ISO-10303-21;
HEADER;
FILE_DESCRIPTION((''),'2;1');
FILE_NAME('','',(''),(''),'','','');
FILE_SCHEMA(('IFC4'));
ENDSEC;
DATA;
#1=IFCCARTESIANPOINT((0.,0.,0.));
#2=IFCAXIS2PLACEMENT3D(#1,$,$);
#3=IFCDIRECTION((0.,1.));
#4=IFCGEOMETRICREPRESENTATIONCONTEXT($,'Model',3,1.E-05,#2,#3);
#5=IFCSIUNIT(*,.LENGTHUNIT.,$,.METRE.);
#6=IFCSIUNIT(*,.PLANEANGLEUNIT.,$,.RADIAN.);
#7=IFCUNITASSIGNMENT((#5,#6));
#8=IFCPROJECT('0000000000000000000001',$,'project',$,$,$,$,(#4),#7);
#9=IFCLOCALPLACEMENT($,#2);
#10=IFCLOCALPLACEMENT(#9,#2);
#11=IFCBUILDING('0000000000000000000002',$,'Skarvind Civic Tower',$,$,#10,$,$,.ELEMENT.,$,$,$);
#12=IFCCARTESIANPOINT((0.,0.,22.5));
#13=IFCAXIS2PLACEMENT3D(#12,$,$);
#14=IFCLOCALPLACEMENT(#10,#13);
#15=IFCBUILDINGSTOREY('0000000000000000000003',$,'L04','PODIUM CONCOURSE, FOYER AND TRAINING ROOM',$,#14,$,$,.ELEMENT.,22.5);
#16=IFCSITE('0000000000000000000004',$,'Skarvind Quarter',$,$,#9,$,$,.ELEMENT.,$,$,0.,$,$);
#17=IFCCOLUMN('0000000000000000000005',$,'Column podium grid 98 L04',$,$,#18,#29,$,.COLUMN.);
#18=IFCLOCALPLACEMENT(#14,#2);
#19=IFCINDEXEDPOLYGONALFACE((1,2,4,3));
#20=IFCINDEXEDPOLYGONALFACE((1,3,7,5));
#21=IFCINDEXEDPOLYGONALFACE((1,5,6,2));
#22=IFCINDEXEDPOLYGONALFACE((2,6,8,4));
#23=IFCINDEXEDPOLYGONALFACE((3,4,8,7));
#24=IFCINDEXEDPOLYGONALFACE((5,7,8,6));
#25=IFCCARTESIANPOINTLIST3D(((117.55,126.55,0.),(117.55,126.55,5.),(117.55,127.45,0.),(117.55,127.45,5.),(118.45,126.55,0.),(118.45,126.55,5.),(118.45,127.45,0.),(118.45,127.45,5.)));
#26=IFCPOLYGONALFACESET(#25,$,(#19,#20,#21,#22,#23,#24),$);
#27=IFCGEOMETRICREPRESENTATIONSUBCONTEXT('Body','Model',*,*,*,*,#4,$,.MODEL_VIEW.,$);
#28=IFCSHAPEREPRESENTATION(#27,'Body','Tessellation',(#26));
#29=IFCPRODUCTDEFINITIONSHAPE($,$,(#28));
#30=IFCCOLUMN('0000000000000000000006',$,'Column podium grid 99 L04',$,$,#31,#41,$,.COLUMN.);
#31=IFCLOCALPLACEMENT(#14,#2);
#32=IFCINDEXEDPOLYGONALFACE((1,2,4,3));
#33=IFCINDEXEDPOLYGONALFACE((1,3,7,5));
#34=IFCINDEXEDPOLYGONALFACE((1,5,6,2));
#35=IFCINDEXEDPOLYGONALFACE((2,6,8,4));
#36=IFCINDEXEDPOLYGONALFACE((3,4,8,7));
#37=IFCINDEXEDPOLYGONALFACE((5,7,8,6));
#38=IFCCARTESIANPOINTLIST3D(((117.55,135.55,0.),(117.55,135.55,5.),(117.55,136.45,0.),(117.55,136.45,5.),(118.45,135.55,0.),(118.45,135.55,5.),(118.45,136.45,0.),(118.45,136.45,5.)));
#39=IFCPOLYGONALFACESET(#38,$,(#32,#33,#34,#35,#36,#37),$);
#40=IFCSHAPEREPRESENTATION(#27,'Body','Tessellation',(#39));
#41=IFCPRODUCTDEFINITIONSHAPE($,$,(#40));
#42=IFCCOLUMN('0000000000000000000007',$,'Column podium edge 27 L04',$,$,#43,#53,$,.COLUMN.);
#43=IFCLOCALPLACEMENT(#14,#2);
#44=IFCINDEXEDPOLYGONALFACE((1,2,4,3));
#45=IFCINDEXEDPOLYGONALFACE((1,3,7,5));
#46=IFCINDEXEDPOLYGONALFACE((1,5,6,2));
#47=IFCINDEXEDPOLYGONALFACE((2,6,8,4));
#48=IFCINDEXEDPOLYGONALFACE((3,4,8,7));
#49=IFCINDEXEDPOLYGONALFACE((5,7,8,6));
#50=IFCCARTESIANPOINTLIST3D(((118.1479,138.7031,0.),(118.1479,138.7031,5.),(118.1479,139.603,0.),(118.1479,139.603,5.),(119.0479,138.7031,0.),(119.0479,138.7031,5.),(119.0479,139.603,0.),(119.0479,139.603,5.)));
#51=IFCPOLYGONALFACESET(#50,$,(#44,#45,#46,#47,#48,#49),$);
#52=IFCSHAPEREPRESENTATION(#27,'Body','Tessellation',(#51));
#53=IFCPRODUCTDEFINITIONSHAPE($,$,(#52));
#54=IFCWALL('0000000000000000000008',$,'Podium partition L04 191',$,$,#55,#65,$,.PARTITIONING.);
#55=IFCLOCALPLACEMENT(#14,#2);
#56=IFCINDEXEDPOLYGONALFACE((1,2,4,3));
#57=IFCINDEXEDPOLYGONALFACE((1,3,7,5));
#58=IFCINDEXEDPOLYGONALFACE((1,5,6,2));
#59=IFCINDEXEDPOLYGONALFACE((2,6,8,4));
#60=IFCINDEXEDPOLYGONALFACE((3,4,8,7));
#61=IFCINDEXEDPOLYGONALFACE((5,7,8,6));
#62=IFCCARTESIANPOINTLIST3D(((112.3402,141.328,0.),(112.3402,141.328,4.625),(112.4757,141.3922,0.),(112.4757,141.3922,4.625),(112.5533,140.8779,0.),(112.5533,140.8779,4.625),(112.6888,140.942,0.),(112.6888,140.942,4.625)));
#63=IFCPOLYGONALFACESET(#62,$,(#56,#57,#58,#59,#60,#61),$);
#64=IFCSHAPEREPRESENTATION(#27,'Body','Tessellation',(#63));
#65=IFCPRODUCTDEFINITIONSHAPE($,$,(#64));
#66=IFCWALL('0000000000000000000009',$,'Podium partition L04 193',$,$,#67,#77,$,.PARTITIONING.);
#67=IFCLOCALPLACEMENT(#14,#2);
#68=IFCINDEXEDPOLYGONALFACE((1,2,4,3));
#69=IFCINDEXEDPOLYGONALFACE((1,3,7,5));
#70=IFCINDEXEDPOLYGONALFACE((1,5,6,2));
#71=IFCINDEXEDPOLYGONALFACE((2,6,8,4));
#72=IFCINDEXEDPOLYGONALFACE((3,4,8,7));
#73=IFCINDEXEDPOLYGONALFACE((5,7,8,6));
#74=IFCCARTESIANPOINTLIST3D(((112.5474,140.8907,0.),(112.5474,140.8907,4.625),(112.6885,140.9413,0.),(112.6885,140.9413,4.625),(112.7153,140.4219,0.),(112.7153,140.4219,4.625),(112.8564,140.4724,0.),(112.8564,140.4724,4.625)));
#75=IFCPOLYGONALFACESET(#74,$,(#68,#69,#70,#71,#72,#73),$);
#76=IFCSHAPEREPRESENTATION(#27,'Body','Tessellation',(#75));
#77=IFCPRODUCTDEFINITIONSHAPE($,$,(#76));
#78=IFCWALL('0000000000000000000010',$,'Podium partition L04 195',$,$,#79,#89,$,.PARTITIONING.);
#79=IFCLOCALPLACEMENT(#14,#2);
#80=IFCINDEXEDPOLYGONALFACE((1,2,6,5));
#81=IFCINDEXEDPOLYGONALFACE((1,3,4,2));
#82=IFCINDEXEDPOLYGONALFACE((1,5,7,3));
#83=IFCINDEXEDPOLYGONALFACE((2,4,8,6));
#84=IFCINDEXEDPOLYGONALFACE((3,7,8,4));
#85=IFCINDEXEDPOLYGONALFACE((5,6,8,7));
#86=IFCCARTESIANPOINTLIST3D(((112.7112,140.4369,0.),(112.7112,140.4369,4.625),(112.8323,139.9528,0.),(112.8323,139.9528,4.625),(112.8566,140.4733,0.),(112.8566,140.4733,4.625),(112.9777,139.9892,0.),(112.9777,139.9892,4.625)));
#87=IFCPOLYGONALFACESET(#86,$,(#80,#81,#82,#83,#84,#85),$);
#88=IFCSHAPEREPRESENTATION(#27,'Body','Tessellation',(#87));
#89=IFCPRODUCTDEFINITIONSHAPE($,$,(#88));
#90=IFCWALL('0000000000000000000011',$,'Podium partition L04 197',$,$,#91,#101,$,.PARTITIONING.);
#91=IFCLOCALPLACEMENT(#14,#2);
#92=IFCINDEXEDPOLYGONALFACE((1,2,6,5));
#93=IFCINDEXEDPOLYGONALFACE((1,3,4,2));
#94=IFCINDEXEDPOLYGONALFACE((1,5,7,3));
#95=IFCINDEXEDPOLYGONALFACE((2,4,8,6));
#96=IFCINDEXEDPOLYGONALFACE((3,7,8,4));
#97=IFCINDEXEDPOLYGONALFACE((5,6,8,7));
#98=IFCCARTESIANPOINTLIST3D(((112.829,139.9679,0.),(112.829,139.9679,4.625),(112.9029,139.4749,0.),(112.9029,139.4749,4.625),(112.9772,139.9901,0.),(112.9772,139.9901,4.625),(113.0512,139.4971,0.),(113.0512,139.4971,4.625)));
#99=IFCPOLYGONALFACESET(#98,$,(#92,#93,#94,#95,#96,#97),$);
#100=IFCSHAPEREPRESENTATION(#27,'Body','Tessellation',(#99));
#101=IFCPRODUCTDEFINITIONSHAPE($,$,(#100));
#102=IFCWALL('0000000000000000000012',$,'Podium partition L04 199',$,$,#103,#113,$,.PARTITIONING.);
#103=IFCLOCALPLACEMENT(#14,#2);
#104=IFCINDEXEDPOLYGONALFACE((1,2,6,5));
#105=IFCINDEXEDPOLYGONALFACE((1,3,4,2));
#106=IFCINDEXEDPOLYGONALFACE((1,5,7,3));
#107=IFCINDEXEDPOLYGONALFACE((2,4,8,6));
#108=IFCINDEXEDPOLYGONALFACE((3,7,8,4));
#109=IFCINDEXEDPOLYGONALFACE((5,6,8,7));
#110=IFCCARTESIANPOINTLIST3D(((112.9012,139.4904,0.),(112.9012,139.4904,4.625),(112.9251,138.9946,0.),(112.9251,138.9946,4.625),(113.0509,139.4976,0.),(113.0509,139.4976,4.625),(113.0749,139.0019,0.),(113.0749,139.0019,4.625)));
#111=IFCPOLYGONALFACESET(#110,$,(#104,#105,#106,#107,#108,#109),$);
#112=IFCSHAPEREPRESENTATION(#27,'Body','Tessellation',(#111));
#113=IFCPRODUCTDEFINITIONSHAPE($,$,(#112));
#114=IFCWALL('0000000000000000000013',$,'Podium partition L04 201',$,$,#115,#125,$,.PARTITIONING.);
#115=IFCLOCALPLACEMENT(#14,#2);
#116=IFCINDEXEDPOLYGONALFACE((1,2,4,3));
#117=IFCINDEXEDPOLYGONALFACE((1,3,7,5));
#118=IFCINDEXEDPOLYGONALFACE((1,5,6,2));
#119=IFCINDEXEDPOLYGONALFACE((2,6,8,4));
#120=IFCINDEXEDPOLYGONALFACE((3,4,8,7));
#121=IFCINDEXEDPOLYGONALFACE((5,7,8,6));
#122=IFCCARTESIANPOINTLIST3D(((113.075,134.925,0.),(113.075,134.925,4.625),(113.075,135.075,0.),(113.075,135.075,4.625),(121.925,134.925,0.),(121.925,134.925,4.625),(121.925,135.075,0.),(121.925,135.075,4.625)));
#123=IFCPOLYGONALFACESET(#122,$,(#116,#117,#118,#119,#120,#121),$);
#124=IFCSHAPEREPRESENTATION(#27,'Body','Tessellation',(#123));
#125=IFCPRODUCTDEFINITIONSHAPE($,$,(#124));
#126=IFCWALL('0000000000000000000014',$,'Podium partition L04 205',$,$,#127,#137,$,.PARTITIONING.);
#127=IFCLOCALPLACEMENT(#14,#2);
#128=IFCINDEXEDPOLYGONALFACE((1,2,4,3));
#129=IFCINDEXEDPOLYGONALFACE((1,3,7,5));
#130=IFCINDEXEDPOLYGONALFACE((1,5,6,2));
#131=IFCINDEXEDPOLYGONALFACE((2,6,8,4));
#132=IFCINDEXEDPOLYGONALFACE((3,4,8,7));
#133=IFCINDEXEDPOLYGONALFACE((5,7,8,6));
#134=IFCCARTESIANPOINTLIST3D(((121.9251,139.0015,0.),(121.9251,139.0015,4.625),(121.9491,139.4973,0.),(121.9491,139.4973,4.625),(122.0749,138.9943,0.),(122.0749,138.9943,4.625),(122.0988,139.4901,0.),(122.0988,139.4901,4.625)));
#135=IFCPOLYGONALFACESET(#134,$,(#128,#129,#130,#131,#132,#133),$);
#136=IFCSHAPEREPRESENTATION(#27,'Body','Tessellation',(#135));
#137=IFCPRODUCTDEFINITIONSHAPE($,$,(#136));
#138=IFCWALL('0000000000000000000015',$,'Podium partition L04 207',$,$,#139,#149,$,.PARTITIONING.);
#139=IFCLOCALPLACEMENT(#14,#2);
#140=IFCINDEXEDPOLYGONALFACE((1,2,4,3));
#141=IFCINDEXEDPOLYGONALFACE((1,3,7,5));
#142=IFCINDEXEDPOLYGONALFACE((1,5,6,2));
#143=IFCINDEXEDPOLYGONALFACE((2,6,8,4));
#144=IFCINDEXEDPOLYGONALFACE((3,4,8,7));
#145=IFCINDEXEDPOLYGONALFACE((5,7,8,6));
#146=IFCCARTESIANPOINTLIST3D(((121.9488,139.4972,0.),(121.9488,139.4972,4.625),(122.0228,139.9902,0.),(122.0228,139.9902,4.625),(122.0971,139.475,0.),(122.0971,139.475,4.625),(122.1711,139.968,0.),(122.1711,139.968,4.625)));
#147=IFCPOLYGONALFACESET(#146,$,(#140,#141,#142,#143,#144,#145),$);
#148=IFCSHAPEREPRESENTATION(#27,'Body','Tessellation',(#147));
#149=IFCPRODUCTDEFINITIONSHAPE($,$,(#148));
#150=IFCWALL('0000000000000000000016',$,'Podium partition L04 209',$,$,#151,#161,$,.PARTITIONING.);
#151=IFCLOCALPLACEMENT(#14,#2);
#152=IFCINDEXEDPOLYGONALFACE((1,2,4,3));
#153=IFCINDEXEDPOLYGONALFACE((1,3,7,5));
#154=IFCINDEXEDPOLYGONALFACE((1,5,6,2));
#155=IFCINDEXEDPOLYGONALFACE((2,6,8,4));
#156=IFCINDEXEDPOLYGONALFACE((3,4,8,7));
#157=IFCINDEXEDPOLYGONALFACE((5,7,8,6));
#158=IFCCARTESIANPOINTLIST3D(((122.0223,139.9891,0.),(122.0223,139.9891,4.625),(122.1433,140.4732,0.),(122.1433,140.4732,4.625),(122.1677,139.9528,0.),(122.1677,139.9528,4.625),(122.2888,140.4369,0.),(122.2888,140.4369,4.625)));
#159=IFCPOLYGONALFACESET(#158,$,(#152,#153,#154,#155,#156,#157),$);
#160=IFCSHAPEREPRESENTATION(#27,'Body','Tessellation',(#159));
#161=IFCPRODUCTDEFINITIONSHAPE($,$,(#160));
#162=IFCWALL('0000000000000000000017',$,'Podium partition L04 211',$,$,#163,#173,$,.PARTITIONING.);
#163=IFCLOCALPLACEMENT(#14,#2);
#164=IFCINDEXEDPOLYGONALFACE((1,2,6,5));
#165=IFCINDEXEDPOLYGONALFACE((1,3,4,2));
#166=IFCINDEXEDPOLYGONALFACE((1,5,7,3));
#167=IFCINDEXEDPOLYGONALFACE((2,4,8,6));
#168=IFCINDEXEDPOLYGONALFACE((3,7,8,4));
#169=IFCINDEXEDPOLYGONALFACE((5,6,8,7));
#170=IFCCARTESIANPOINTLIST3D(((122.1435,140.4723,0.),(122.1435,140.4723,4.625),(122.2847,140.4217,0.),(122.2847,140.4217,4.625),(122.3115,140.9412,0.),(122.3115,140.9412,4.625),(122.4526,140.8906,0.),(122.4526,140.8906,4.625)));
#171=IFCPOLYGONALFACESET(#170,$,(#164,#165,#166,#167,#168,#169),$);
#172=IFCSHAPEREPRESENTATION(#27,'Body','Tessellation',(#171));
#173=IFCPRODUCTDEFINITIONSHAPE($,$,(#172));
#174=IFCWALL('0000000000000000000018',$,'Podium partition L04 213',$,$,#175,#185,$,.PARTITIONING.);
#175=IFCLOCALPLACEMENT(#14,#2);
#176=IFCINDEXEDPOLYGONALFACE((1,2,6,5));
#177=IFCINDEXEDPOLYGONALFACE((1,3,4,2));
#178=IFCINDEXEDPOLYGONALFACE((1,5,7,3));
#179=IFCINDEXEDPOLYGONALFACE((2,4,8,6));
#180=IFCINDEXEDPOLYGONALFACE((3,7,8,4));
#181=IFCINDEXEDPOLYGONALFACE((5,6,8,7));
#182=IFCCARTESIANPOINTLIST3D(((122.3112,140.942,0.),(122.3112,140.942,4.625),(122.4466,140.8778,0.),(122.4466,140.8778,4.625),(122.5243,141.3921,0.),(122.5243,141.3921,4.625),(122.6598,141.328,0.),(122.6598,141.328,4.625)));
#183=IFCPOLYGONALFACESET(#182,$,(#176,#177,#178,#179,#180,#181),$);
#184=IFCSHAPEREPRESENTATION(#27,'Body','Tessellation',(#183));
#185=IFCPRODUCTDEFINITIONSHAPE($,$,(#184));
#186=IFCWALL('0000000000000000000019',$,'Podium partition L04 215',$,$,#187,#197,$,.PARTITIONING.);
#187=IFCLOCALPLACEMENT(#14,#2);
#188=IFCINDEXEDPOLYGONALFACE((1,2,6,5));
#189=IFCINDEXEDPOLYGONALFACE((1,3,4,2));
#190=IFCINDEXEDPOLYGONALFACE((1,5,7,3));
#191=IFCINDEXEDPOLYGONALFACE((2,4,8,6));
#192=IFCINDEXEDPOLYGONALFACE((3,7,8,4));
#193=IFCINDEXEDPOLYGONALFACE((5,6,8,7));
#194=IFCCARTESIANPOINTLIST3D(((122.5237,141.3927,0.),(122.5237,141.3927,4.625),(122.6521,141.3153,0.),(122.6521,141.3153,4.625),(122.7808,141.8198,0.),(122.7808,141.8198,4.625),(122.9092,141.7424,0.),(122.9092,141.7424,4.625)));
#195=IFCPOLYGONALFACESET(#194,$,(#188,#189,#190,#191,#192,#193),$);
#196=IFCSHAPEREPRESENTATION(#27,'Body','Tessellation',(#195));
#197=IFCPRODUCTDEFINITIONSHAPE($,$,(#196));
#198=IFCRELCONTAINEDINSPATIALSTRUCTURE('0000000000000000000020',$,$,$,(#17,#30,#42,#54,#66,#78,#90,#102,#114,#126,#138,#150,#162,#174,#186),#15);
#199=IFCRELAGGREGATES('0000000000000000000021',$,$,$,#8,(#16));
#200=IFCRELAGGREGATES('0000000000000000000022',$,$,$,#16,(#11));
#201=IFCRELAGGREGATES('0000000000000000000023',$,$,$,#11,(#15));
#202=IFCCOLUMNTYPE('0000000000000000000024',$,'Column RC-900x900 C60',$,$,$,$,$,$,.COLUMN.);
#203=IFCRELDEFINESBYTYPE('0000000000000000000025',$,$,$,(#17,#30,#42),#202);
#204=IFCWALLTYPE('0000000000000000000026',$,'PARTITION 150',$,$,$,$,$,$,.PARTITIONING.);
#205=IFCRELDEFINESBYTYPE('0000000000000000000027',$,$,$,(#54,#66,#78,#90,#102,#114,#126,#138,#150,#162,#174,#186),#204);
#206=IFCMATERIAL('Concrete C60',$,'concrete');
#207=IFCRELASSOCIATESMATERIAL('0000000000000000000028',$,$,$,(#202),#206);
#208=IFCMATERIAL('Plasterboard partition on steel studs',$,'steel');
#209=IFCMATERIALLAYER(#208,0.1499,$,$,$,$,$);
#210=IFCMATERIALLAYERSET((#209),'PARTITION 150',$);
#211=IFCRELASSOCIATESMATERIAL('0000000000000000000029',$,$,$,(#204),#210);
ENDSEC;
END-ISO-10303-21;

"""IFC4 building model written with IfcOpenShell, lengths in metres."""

from ifc_helpers import new_model, si_unit, direction, frame, frame_2d, origin, origin_2d, place, context, subcontext, project, spatial, rectangle, extrude, material, layer, layer_set, material_profile, profile_set, type_object, element, save


model = new_model("IFC4")

# Units and contexts
model_context = context("Model", 3, precision=1e-05, world=origin(), true_north=direction((0.0, 1.0)))
body_context = subcontext(model_context, "Body", "Model", "MODEL_VIEW")
ifc_project = project(units=[si_unit("LENGTHUNIT", "METRE"), si_unit("PLANEANGLEUNIT", "RADIAN")], contexts=[model_context])

# Site, building, storey
site_placement = place(None, origin())
site = spatial("IfcSite", under=ifc_project, at=site_placement, Name="Skarvind Quarter", CompositionType="ELEMENT", RefElevation=0.0)
building_placement = place(site_placement, origin())
building = spatial("IfcBuilding", under=site, at=building_placement, Name="Skarvind Civic Tower", CompositionType="ELEMENT")
storey_placement = place(building_placement, frame((0.0, 0.0, 22.5)))
storey = spatial("IfcBuildingStorey", under=building, at=storey_placement, Name="L04", Description="PODIUM CONCOURSE, FOYER AND TRAINING ROOM", CompositionType="ELEMENT", Elevation=22.5)

# Columns
ifc_material_1 = material(Name="Concrete C60", Category="concrete")
ifc_material_profile = material_profile(ifc_material_1, rectangle(XDim=0.8999, YDim=0.8999, at=origin_2d()), Name="RC-900x900")
ifc_profile_set = profile_set([ifc_material_profile], Name="Concrete C60")
column_type = type_object("IfcColumnType", Name="Column RC-900x900 C60", PredefinedType="COLUMN", material=ifc_profile_set)
for number, where, z_axis, x_axis, name in (
    (1, (118.0, 127.0, 0.0), (0.0, 0.0, 1.0), (1.0, 0.0, 0.0), "Column podium grid 98 L04"),
    (2, (118.0, 136.0, 0.0), (0.0, 0.0, 1.0), (1.0, 0.0, 0.0), "Column podium grid 99 L04"),
    (3, (118.5979, 139.1531, 0.0), (0.0, 0.0, 1.0), (1.0, 0.0, 0.0), "Column podium edge 27 L04"),
):
    element("IfcColumn", number, at=place(storey_placement, frame(where, z_axis=z_axis, x_axis=x_axis)), inside=storey, type_object=column_type, Name=name, PredefinedType="COLUMN", context=body_context, shape_type="SweptSolid", body=[
        extrude(rectangle(XDim=0.8999, YDim=0.8999, at=origin_2d()), origin(), (0.0, 0.0, 1.0), 5.0),
    ])

# Walls
ifc_material_2 = material(Name="Plasterboard partition on steel studs", Category="steel")
ifc_layer_1 = layer(ifc_material_2, 0.1499)
ifc_layer_set_1 = layer_set([ifc_layer_1], Name="PARTITION 150")
wall_type_1 = type_object("IfcWallType", Name="PARTITION 150", PredefinedType="PARTITIONING", material=ifc_layer_set_1)
for number, where, z_axis, x_axis, name in (
    (4, (112.408, 141.3601, 0.0), (0.0, 0.0, 1.0), (0.427897, -0.903828, 0.0), "Podium partition L04 191"),
    (5, (112.6179, 140.916, 0.0), (0.0, 0.0, 1.0), (0.337174, -0.941442, 0.0), "Podium partition L04 193"),
):
    element("IfcWall", number, at=place(storey_placement, frame(where, z_axis=z_axis, x_axis=x_axis)), inside=storey, type_object=wall_type_1, Name=name, PredefinedType="PARTITIONING", context=body_context, shape_type="SweptSolid", body=[
        extrude(rectangle(XDim=0.498, YDim=0.1499, at=frame_2d((0.249, 0.0))), origin(), (0.0, 0.0, 1.0), 4.625),
    ])
wall_1_placement = place(storey_placement, frame((112.7839, 140.4551, 0.0), z_axis=(0.0, 0.0, 1.0), x_axis=(0.242651, -0.970114, 0.0)))
element("IfcWall", 6, at=wall_1_placement, inside=storey, type_object=wall_type_1, Name="Podium partition L04 195", PredefinedType="PARTITIONING", context=body_context, shape_type="SweptSolid", body=[
    extrude(rectangle(XDim=0.499, YDim=0.1499, at=frame_2d((0.2495, 0.0))), origin(), (0.0, 0.0, 1.0), 4.625),
])
wall_2_placement = place(storey_placement, frame((112.9031, 139.979, 0.0), z_axis=(0.0, 0.0, 1.0), x_axis=(0.148412, -0.988926, 0.0)))
element("IfcWall", 7, at=wall_2_placement, inside=storey, type_object=wall_type_1, Name="Podium partition L04 197", PredefinedType="PARTITIONING", context=body_context, shape_type="SweptSolid", body=[
    extrude(rectangle(XDim=0.4985, YDim=0.1499, at=frame_2d((0.2493, 0.0))), origin(), (0.0, 0.0, 1.0), 4.625),
])
wall_3_placement = place(storey_placement, frame((112.9761, 139.4939, 0.0), z_axis=(0.0, 0.0, 1.0), x_axis=(0.048196, -0.998838, 0.0)))
element("IfcWall", 8, at=wall_3_placement, inside=storey, type_object=wall_type_1, Name="Podium partition L04 199", PredefinedType="PARTITIONING", context=body_context, shape_type="SweptSolid", body=[
    extrude(rectangle(XDim=0.4963, YDim=0.1499, at=frame_2d((0.248, 0.0))), origin(), (0.0, 0.0, 1.0), 4.625),
])
wall_4_placement = place(storey_placement, frame((113.075, 135.0, 0.0), z_axis=(0.0, 0.0, 1.0), x_axis=(1.0, 0.0, 0.0)))
element("IfcWall", 9, at=wall_4_placement, inside=storey, type_object=wall_type_1, Name="Podium partition L04 201", PredefinedType="PARTITIONING", context=body_context, shape_type="SweptSolid", body=[
    extrude(rectangle(XDim=8.8501, YDim=0.1499, at=frame_2d((4.425, 0.0))), origin(), (0.0, 0.0, 1.0), 4.625),
])
wall_5_placement = place(storey_placement, frame((122.0, 138.998, 0.0), z_axis=(0.0, 0.0, 1.0), x_axis=(0.048196, 0.998838, 0.0)))
element("IfcWall", 10, at=wall_5_placement, inside=storey, type_object=wall_type_1, Name="Podium partition L04 205", PredefinedType="PARTITIONING", context=body_context, shape_type="SweptSolid", body=[
    extrude(rectangle(XDim=0.4963, YDim=0.1499, at=frame_2d((0.248, 0.0))), origin(), (0.0, 0.0, 1.0), 4.625),
])
wall_6_placement = place(storey_placement, frame((122.0229, 139.4861, 0.0), z_axis=(0.0, 0.0, 1.0), x_axis=(0.148412, 0.988926, 0.0)))
element("IfcWall", 11, at=wall_6_placement, inside=storey, type_object=wall_type_1, Name="Podium partition L04 207", PredefinedType="PARTITIONING", context=body_context, shape_type="SweptSolid", body=[
    extrude(rectangle(XDim=0.4985, YDim=0.1499, at=frame_2d((0.2493, 0.0))), origin(), (0.0, 0.0, 1.0), 4.625),
])
wall_7_placement = place(storey_placement, frame((122.095, 139.9709, 0.0), z_axis=(0.0, 0.0, 1.0), x_axis=(0.242651, 0.970114, 0.0)))
element("IfcWall", 12, at=wall_7_placement, inside=storey, type_object=wall_type_1, Name="Podium partition L04 209", PredefinedType="PARTITIONING", context=body_context, shape_type="SweptSolid", body=[
    extrude(rectangle(XDim=0.499, YDim=0.1499, at=frame_2d((0.2495, 0.0))), origin(), (0.0, 0.0, 1.0), 4.625),
])
for number, where, z_axis, x_axis, name in (
    (13, (122.2141, 140.447, 0.0), (0.0, 0.0, 1.0), (0.337174, 0.941442, 0.0), "Podium partition L04 211"),
    (14, (122.3789, 140.9099, 0.0), (0.0, 0.0, 1.0), (0.427897, 0.903828, 0.0), "Podium partition L04 213"),
):
    element("IfcWall", number, at=place(storey_placement, frame(where, z_axis=z_axis, x_axis=x_axis)), inside=storey, type_object=wall_type_1, Name=name, PredefinedType="PARTITIONING", context=body_context, shape_type="SweptSolid", body=[
        extrude(rectangle(XDim=0.498, YDim=0.1499, at=frame_2d((0.249, 0.0))), origin(), (0.0, 0.0, 1.0), 4.625),
    ])
wall_8_placement = place(storey_placement, frame((122.5879, 141.354, 0.0), z_axis=(0.0, 0.0, 1.0), x_axis=(0.515792, 0.856714, 0.0)))
element("IfcWall", 15, at=wall_8_placement, inside=storey, type_object=wall_type_1, Name="Podium partition L04 215", PredefinedType="PARTITIONING", context=body_context, shape_type="SweptSolid", body=[
    extrude(rectangle(XDim=0.4985, YDim=0.1499, at=frame_2d((0.2493, 0.0))), origin(), (0.0, 0.0, 1.0), 4.625),
])

save(model, "model.ifc")
